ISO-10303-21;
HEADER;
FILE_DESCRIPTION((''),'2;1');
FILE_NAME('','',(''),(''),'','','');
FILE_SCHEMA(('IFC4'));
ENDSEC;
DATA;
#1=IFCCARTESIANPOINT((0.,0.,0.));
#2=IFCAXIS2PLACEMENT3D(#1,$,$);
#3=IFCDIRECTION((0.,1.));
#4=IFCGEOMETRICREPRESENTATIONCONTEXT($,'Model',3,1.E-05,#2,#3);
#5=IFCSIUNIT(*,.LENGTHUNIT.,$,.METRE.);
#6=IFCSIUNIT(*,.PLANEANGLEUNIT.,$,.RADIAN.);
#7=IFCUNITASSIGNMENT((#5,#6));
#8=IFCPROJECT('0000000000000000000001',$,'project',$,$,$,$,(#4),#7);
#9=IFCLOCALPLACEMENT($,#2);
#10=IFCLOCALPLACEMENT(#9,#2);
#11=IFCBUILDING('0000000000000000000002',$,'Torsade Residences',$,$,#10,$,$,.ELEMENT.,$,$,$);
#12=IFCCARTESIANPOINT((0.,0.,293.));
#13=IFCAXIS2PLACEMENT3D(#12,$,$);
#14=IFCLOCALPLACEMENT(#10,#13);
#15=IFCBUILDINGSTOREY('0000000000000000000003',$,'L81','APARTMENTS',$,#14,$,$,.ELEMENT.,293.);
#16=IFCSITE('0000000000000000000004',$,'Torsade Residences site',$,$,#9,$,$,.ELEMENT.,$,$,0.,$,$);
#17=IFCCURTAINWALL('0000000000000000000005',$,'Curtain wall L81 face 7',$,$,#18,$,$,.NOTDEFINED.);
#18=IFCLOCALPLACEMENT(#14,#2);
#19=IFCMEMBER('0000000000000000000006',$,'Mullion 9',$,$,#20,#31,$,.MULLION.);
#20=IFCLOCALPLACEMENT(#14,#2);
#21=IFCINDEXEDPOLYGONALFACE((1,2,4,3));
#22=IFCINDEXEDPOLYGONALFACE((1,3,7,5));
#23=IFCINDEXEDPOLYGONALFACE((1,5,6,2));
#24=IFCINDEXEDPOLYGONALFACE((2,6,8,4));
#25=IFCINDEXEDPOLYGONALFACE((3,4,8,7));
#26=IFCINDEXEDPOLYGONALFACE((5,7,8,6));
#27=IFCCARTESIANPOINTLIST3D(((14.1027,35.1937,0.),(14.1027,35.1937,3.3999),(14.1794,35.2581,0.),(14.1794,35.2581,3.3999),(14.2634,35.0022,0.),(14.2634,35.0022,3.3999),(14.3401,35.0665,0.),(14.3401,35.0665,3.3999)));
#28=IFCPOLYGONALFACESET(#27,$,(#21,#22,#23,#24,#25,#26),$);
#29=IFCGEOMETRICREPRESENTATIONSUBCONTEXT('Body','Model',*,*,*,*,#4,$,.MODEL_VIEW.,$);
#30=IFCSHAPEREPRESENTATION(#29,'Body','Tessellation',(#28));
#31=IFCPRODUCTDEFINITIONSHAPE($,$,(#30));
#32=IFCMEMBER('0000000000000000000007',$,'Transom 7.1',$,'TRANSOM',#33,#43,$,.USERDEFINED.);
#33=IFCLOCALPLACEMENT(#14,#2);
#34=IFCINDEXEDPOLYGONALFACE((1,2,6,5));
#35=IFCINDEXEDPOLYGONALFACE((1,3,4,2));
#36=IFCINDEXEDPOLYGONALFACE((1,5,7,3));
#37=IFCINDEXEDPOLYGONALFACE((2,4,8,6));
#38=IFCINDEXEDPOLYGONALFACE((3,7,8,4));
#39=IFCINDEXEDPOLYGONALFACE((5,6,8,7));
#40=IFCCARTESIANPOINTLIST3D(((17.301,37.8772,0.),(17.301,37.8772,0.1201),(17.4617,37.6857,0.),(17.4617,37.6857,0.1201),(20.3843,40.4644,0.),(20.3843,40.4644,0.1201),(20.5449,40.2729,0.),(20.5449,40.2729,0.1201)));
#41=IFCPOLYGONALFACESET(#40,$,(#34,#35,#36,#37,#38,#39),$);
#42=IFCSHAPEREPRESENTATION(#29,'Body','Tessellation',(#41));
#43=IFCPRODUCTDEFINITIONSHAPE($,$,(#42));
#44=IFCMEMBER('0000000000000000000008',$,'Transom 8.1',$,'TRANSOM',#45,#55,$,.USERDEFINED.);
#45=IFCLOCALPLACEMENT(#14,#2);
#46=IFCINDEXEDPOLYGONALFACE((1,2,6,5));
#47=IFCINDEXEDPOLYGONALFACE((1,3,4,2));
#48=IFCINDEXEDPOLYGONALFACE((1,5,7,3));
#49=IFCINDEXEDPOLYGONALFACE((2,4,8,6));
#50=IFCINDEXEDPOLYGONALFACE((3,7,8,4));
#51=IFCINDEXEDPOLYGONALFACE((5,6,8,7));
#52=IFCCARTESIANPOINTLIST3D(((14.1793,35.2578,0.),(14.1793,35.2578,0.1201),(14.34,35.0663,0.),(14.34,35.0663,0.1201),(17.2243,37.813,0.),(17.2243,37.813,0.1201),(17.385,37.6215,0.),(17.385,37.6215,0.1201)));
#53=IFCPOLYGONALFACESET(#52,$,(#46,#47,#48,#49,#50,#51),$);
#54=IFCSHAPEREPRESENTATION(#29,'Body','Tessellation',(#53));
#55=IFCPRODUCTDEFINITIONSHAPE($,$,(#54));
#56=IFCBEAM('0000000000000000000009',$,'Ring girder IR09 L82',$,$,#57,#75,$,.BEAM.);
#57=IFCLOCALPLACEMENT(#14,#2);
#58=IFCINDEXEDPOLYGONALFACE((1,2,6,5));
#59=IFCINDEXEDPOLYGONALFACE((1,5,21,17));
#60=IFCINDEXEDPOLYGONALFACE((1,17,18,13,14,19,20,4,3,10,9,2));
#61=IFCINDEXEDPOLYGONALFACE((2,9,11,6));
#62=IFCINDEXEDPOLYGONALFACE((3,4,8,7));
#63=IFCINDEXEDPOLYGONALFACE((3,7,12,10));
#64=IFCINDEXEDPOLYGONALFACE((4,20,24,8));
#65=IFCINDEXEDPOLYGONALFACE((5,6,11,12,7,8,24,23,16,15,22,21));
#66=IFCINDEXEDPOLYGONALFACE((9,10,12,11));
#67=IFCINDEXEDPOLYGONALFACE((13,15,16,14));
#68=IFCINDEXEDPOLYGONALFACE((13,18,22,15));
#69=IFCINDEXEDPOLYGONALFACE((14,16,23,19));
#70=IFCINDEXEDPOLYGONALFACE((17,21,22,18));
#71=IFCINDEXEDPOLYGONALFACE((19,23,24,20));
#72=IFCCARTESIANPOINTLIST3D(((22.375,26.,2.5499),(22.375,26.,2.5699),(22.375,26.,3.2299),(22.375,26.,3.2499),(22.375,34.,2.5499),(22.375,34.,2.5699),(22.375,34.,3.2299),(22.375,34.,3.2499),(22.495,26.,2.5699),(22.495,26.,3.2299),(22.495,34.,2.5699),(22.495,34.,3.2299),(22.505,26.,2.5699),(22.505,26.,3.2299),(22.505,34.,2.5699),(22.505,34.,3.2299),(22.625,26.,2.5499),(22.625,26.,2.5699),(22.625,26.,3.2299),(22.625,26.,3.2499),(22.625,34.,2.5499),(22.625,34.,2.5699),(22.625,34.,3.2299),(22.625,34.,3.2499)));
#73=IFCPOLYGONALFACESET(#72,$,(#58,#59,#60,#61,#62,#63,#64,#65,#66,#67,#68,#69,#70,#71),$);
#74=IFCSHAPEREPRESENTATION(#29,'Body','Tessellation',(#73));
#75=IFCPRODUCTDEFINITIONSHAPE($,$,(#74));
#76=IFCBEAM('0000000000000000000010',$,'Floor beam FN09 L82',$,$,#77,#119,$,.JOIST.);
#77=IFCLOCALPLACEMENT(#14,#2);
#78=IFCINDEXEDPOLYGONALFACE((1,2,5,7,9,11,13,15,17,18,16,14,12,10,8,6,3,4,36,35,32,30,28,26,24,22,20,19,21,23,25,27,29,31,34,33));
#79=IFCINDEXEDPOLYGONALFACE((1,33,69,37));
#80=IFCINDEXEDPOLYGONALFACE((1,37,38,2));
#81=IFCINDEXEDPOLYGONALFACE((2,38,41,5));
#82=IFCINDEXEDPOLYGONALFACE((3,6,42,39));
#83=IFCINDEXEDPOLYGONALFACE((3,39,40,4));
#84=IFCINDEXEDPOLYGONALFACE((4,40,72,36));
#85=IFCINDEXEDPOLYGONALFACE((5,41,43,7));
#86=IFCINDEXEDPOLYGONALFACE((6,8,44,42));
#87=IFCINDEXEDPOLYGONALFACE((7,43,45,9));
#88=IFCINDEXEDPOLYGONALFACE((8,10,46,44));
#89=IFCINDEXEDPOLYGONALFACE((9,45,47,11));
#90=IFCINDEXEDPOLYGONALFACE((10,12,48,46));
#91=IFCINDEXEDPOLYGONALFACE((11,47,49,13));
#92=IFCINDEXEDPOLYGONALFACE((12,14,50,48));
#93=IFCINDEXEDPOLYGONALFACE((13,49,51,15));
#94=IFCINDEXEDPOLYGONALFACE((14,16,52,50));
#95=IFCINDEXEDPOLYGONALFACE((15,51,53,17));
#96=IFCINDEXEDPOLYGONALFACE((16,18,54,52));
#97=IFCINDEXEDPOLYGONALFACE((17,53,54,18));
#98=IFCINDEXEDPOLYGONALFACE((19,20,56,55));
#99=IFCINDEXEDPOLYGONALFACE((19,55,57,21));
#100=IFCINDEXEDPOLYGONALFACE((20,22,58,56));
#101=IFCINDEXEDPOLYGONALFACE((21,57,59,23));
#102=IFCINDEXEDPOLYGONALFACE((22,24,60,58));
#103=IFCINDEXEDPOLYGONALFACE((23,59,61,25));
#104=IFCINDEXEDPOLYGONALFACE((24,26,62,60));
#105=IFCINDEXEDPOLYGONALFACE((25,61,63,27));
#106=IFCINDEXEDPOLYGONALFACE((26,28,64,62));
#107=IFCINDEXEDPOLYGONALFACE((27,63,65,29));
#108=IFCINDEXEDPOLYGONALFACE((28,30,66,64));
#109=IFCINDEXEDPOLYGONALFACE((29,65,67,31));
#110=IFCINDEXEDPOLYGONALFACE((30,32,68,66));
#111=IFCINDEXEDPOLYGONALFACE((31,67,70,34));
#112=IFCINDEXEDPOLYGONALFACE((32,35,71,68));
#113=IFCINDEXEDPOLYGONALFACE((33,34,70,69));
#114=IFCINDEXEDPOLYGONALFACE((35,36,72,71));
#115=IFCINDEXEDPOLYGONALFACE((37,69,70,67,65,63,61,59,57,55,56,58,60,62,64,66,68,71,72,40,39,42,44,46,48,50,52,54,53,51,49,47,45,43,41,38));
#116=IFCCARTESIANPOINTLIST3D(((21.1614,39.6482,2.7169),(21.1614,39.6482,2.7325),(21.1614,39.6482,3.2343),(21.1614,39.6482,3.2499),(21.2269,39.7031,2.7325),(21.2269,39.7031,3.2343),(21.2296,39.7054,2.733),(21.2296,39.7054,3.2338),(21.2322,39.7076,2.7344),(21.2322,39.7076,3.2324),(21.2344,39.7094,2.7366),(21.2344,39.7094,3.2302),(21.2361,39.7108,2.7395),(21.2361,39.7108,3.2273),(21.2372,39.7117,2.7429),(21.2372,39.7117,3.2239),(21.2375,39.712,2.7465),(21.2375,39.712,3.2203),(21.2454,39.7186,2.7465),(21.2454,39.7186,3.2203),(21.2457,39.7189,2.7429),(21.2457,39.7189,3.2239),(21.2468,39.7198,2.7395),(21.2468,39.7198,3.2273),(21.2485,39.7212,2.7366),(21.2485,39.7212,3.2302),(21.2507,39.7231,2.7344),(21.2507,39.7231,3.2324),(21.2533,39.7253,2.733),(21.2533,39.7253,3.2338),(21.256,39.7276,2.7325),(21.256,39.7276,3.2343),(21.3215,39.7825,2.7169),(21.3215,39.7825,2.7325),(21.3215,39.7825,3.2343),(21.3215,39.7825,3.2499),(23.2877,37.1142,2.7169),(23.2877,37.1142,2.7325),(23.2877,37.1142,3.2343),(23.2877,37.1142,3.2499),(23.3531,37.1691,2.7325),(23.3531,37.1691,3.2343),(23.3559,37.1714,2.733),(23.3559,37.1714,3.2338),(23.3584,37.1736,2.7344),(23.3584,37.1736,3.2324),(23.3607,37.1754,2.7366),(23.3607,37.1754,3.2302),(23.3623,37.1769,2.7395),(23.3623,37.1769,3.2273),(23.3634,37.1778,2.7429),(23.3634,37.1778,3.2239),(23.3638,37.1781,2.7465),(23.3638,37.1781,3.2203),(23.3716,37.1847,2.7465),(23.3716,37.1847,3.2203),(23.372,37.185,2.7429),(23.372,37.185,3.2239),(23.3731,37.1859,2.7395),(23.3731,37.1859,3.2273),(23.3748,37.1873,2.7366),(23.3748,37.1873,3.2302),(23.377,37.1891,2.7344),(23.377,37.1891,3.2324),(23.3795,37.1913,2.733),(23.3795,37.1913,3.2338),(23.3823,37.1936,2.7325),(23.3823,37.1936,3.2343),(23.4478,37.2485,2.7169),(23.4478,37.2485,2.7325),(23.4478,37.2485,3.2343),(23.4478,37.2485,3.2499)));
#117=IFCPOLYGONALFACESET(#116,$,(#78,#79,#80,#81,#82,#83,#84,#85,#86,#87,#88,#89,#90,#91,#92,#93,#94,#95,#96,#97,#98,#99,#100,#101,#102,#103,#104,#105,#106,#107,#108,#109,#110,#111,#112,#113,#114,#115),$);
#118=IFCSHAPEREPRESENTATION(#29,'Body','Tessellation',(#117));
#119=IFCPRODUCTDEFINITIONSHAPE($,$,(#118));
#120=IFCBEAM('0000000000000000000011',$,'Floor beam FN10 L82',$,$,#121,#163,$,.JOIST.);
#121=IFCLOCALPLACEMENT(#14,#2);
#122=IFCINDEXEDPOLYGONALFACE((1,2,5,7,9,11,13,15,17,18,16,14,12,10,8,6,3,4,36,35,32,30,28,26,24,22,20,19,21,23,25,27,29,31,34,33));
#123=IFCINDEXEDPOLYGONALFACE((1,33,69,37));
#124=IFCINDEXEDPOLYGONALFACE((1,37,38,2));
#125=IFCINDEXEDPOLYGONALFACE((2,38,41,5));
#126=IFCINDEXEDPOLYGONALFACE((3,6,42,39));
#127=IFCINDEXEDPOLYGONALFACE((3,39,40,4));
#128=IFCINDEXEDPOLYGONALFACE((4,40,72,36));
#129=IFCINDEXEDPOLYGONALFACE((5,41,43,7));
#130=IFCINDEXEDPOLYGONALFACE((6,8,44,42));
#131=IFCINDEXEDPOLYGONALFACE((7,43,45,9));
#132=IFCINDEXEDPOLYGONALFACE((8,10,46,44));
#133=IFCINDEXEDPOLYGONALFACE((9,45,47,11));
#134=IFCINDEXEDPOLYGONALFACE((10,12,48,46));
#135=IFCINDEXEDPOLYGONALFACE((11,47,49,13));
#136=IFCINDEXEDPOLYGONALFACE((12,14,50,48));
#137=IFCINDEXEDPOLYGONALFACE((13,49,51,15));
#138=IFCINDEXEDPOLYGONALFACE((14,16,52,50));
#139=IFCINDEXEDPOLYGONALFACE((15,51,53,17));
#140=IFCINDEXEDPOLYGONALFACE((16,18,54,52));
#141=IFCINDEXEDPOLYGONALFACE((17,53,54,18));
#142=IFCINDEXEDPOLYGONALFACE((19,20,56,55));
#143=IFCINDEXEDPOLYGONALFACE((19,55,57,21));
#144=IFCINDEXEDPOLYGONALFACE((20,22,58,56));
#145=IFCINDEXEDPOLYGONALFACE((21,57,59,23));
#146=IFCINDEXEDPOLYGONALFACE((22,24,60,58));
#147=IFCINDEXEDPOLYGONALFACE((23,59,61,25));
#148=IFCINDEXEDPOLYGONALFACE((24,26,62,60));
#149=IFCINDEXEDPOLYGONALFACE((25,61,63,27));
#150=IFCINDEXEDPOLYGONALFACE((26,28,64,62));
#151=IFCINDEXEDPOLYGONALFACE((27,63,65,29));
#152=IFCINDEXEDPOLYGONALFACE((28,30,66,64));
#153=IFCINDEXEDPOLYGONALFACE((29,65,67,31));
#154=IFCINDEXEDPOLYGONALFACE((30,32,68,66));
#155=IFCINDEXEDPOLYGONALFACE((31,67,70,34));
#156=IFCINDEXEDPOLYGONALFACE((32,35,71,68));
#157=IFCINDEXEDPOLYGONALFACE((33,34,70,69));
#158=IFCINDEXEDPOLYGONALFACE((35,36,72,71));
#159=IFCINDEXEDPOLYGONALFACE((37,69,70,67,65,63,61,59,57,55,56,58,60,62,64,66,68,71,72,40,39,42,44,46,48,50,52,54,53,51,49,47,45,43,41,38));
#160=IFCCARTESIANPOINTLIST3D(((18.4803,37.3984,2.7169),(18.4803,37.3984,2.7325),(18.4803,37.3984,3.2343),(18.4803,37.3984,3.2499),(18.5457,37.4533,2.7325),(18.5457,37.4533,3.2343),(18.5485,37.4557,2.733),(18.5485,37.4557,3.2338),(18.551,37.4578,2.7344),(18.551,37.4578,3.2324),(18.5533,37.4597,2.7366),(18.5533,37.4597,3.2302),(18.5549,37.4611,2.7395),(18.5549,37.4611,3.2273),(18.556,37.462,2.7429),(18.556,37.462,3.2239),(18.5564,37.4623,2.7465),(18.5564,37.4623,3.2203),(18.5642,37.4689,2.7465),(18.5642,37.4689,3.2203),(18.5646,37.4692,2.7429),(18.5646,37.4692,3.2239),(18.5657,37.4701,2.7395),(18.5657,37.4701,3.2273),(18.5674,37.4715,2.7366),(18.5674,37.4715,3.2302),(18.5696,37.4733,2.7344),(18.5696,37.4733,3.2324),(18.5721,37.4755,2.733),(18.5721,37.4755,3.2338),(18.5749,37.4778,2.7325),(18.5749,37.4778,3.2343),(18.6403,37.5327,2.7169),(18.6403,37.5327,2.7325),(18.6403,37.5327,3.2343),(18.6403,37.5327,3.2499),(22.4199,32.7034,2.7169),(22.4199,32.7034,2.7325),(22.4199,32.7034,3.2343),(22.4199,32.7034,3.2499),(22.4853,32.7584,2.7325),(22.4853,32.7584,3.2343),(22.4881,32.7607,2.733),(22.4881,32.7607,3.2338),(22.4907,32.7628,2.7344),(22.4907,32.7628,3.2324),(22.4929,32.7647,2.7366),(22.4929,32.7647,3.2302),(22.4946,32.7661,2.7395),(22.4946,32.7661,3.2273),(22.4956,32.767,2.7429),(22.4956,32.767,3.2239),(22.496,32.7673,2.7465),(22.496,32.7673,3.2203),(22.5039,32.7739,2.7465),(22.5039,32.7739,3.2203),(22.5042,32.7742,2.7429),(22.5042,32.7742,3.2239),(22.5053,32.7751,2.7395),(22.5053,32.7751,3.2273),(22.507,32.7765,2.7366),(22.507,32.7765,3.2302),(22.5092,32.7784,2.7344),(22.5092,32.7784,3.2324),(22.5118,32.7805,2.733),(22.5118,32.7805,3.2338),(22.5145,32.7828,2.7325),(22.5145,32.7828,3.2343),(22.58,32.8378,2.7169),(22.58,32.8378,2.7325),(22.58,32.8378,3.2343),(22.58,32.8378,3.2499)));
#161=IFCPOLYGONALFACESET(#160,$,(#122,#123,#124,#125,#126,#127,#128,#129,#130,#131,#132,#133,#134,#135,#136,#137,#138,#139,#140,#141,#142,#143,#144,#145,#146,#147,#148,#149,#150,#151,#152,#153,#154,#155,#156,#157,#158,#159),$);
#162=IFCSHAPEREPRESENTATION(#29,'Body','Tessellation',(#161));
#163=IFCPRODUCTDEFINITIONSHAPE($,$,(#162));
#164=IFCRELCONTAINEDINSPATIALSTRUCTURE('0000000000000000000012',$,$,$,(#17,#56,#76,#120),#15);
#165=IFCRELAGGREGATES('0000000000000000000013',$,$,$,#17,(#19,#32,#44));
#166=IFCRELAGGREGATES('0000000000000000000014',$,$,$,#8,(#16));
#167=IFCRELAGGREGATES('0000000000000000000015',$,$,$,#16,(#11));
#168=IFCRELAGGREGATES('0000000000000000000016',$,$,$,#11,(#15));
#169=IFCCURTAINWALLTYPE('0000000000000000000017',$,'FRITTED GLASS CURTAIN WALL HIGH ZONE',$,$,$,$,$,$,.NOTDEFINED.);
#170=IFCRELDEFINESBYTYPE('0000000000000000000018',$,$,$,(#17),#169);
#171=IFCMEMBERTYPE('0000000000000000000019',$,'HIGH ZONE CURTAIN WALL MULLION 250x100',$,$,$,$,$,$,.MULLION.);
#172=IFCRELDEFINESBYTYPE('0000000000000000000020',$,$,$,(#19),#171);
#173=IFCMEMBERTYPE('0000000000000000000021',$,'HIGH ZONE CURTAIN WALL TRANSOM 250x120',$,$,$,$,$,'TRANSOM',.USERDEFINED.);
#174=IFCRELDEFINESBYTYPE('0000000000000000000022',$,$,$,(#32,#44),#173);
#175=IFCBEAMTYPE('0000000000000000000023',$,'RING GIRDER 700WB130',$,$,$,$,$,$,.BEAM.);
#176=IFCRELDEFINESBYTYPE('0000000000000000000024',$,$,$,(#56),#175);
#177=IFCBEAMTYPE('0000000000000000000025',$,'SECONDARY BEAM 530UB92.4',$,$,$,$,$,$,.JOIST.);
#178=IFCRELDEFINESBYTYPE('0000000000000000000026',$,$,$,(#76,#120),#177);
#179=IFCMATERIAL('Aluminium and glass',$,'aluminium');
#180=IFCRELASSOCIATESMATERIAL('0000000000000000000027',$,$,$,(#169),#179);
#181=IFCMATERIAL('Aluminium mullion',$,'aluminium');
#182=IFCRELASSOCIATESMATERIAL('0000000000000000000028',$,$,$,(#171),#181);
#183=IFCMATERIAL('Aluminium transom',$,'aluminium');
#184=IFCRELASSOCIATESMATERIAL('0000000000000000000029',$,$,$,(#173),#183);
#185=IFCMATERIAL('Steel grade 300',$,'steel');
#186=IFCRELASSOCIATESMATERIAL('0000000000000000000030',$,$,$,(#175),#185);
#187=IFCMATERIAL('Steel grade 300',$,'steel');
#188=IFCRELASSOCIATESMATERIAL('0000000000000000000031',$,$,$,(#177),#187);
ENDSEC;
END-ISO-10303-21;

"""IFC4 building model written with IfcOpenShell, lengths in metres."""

from ifc_helpers import new_model, si_unit, direction, frame, origin, origin_2d, place, context, subcontext, project, spatial, rectangle, i_section, extrude, material, material_profile, profile_set, type_object, element, aggregate, save


model = new_model("IFC4")

# Units and contexts
model_context = context("Model", 3, precision=1e-05, world=origin(), true_north=direction((0.0, 1.0)))
body_context = subcontext(model_context, "Body", "Model", "MODEL_VIEW")
ifc_project = project(units=[si_unit("LENGTHUNIT", "METRE"), si_unit("PLANEANGLEUNIT", "RADIAN")], contexts=[model_context])

# Site, building, storey
site_placement = place(None, origin())
site = spatial("IfcSite", under=ifc_project, at=site_placement, Name="Torsade Residences site", CompositionType="ELEMENT", RefElevation=0.0)
building_placement = place(site_placement, origin())
building = spatial("IfcBuilding", under=site, at=building_placement, Name="Torsade Residences", CompositionType="ELEMENT")
storey_placement = place(building_placement, frame((0.0, 0.0, 293.0)))
storey = spatial("IfcBuildingStorey", under=building, at=storey_placement, Name="L81", Description="APARTMENTS", CompositionType="ELEMENT", Elevation=293.0)

# Curtain wall, members
ifc_material_1 = material(Name="Aluminium and glass", Category="aluminium")
curtain_wall_type = type_object("IfcCurtainWallType", Name="FRITTED GLASS CURTAIN WALL HIGH ZONE", PredefinedType="NOTDEFINED", material=ifc_material_1)
curtain_wall_placement = place(storey_placement, origin())
curtain_wall = element("IfcCurtainWall", 1, at=curtain_wall_placement, inside=storey, type_object=curtain_wall_type, Name="Curtain wall L81 face 7", PredefinedType="NOTDEFINED")
ifc_material_2 = material(Name="Aluminium mullion", Category="aluminium")
ifc_material_profile_1 = material_profile(ifc_material_2, rectangle(XDim=0.25, YDim=0.1001, at=origin_2d()), Name="HIGH ZONE CURTAIN WALL MULLION 250x100")
ifc_profile_set_1 = profile_set([ifc_material_profile_1], Name="Aluminium mullion")
member_type_1 = type_object("IfcMemberType", Name="HIGH ZONE CURTAIN WALL MULLION 250x100", PredefinedType="MULLION", material=ifc_profile_set_1)
member_1_placement = place(storey_placement, frame((14.2214, 35.1301, 0.0), z_axis=(0.0, 0.0, 1.0), x_axis=(0.642788, -0.766044, 0.0)))
member_1 = element("IfcMember", 2, at=member_1_placement, type_object=member_type_1, Name="Mullion 9", PredefinedType="MULLION", context=body_context, shape_type="SweptSolid", body=[
    extrude(rectangle(XDim=0.25, YDim=0.1001, at=origin_2d()), origin(), (0.0, 0.0, 1.0), 3.3999),
])
ifc_material_3 = material(Name="Aluminium transom", Category="aluminium")
ifc_material_profile_2 = material_profile(ifc_material_3, rectangle(XDim=0.25, YDim=0.1201, at=origin_2d()), Name="HIGH ZONE CURTAIN WALL TRANSOM 250x120")
ifc_profile_set_2 = profile_set([ifc_material_profile_2], Name="Aluminium transom")
member_type_2 = type_object("IfcMemberType", Name="HIGH ZONE CURTAIN WALL TRANSOM 250x120", ElementType="TRANSOM", PredefinedType="USERDEFINED", material=ifc_profile_set_2)
member_2_placement = place(storey_placement, frame((20.4646, 40.3687, 0.0601), z_axis=(-0.766044, -0.642788, 0.0), x_axis=(0.642788, -0.766044, 0.0)))
member_2 = element("IfcMember", 3, at=member_2_placement, type_object=member_type_2, Name="Transom 7.1", ObjectType="TRANSOM", PredefinedType="USERDEFINED", context=body_context, shape_type="SweptSolid", body=[
    extrude(rectangle(XDim=0.25, YDim=0.1201, at=origin_2d()), origin(), (0.0, 0.0, 1.0), 4.0249),
])
member_3_placement = place(storey_placement, frame((17.3047, 37.7173, 0.0601), z_axis=(-0.766022, -0.642815, 0.0), x_axis=(0.642815, -0.766022, 0.0)))
member_3 = element("IfcMember", 4, at=member_3_placement, type_object=member_type_2, Name="Transom 8.1", ObjectType="TRANSOM", PredefinedType="USERDEFINED", context=body_context, shape_type="SweptSolid", body=[
    extrude(rectangle(XDim=0.25, YDim=0.1201, at=origin_2d()), origin(), (0.0, 0.0, 1.0), 3.9751),
])

# Beams
ifc_material_4 = material(Name="Steel grade 300", Category="steel")
ifc_material_profile_3 = material_profile(ifc_material_4, i_section(OverallWidth=0.25, OverallDepth=0.7, WebThickness=0.01, FlangeThickness=0.02, at=origin_2d()), Name="700WB130")
ifc_profile_set_3 = profile_set([ifc_material_profile_3], Name="Steel grade 300")
beam_type_1 = type_object("IfcBeamType", Name="RING GIRDER 700WB130", PredefinedType="BEAM", material=ifc_profile_set_3)
beam_1_placement = place(storey_placement, frame((22.5, 34.0, 2.8999), z_axis=(0.0, -1.0, 0.0), x_axis=(1.0, 0.0, 0.0)))
element("IfcBeam", 5, at=beam_1_placement, inside=storey, type_object=beam_type_1, Name="Ring girder IR09 L82", PredefinedType="BEAM", context=body_context, shape_type="SweptSolid", body=[
    extrude(i_section(OverallWidth=0.25, OverallDepth=0.7, WebThickness=0.01, FlangeThickness=0.02, at=origin_2d()), origin(), (0.0, 0.0, 1.0), 8.0),
])
ifc_material_5 = material(Name="Steel grade 300", Category="steel")
ifc_material_profile_4 = material_profile(ifc_material_5, i_section(OverallWidth=0.209, OverallDepth=0.533, WebThickness=0.0103, FlangeThickness=0.0156, FilletRadius=0.0139, at=origin_2d()), Name="530UB92.4")
ifc_profile_set_4 = profile_set([ifc_material_profile_4], Name="Steel grade 300")
beam_type_2 = type_object("IfcBeamType", Name="SECONDARY BEAM 530UB92.4", PredefinedType="JOIST", material=ifc_profile_set_4)
beam_2_placement = place(storey_placement, frame((21.2415, 39.7153, 2.9834), z_axis=(0.642787, -0.766045, 0.0), x_axis=(0.766045, 0.642787, 0.0)))
element("IfcBeam", 6, at=beam_2_placement, inside=storey, type_object=beam_type_2, Name="Floor beam FN09 L82", PredefinedType="JOIST", context=body_context, shape_type="SweptSolid", body=[
    extrude(i_section(OverallWidth=0.209, OverallDepth=0.533, WebThickness=0.0103, FlangeThickness=0.0156, FilletRadius=0.0139, at=origin_2d()), origin(), (0.0, 0.0, 1.0), 3.3079),
])
beam_3_placement = place(storey_placement, frame((18.5603, 37.4656, 2.9834), z_axis=(0.642794, -0.766039, 0.0), x_axis=(0.766039, 0.642794, 0.0)))
element("IfcBeam", 7, at=beam_3_placement, inside=storey, type_object=beam_type_2, Name="Floor beam FN10 L82", PredefinedType="JOIST", context=body_context, shape_type="SweptSolid", body=[
    extrude(i_section(OverallWidth=0.209, OverallDepth=0.533, WebThickness=0.0103, FlangeThickness=0.0156, FilletRadius=0.0139, at=origin_2d()), origin(), (0.0, 0.0, 1.0), 6.1289),
])

aggregate(curtain_wall, [member_1, member_2, member_3])

save(model, "model.ifc")
